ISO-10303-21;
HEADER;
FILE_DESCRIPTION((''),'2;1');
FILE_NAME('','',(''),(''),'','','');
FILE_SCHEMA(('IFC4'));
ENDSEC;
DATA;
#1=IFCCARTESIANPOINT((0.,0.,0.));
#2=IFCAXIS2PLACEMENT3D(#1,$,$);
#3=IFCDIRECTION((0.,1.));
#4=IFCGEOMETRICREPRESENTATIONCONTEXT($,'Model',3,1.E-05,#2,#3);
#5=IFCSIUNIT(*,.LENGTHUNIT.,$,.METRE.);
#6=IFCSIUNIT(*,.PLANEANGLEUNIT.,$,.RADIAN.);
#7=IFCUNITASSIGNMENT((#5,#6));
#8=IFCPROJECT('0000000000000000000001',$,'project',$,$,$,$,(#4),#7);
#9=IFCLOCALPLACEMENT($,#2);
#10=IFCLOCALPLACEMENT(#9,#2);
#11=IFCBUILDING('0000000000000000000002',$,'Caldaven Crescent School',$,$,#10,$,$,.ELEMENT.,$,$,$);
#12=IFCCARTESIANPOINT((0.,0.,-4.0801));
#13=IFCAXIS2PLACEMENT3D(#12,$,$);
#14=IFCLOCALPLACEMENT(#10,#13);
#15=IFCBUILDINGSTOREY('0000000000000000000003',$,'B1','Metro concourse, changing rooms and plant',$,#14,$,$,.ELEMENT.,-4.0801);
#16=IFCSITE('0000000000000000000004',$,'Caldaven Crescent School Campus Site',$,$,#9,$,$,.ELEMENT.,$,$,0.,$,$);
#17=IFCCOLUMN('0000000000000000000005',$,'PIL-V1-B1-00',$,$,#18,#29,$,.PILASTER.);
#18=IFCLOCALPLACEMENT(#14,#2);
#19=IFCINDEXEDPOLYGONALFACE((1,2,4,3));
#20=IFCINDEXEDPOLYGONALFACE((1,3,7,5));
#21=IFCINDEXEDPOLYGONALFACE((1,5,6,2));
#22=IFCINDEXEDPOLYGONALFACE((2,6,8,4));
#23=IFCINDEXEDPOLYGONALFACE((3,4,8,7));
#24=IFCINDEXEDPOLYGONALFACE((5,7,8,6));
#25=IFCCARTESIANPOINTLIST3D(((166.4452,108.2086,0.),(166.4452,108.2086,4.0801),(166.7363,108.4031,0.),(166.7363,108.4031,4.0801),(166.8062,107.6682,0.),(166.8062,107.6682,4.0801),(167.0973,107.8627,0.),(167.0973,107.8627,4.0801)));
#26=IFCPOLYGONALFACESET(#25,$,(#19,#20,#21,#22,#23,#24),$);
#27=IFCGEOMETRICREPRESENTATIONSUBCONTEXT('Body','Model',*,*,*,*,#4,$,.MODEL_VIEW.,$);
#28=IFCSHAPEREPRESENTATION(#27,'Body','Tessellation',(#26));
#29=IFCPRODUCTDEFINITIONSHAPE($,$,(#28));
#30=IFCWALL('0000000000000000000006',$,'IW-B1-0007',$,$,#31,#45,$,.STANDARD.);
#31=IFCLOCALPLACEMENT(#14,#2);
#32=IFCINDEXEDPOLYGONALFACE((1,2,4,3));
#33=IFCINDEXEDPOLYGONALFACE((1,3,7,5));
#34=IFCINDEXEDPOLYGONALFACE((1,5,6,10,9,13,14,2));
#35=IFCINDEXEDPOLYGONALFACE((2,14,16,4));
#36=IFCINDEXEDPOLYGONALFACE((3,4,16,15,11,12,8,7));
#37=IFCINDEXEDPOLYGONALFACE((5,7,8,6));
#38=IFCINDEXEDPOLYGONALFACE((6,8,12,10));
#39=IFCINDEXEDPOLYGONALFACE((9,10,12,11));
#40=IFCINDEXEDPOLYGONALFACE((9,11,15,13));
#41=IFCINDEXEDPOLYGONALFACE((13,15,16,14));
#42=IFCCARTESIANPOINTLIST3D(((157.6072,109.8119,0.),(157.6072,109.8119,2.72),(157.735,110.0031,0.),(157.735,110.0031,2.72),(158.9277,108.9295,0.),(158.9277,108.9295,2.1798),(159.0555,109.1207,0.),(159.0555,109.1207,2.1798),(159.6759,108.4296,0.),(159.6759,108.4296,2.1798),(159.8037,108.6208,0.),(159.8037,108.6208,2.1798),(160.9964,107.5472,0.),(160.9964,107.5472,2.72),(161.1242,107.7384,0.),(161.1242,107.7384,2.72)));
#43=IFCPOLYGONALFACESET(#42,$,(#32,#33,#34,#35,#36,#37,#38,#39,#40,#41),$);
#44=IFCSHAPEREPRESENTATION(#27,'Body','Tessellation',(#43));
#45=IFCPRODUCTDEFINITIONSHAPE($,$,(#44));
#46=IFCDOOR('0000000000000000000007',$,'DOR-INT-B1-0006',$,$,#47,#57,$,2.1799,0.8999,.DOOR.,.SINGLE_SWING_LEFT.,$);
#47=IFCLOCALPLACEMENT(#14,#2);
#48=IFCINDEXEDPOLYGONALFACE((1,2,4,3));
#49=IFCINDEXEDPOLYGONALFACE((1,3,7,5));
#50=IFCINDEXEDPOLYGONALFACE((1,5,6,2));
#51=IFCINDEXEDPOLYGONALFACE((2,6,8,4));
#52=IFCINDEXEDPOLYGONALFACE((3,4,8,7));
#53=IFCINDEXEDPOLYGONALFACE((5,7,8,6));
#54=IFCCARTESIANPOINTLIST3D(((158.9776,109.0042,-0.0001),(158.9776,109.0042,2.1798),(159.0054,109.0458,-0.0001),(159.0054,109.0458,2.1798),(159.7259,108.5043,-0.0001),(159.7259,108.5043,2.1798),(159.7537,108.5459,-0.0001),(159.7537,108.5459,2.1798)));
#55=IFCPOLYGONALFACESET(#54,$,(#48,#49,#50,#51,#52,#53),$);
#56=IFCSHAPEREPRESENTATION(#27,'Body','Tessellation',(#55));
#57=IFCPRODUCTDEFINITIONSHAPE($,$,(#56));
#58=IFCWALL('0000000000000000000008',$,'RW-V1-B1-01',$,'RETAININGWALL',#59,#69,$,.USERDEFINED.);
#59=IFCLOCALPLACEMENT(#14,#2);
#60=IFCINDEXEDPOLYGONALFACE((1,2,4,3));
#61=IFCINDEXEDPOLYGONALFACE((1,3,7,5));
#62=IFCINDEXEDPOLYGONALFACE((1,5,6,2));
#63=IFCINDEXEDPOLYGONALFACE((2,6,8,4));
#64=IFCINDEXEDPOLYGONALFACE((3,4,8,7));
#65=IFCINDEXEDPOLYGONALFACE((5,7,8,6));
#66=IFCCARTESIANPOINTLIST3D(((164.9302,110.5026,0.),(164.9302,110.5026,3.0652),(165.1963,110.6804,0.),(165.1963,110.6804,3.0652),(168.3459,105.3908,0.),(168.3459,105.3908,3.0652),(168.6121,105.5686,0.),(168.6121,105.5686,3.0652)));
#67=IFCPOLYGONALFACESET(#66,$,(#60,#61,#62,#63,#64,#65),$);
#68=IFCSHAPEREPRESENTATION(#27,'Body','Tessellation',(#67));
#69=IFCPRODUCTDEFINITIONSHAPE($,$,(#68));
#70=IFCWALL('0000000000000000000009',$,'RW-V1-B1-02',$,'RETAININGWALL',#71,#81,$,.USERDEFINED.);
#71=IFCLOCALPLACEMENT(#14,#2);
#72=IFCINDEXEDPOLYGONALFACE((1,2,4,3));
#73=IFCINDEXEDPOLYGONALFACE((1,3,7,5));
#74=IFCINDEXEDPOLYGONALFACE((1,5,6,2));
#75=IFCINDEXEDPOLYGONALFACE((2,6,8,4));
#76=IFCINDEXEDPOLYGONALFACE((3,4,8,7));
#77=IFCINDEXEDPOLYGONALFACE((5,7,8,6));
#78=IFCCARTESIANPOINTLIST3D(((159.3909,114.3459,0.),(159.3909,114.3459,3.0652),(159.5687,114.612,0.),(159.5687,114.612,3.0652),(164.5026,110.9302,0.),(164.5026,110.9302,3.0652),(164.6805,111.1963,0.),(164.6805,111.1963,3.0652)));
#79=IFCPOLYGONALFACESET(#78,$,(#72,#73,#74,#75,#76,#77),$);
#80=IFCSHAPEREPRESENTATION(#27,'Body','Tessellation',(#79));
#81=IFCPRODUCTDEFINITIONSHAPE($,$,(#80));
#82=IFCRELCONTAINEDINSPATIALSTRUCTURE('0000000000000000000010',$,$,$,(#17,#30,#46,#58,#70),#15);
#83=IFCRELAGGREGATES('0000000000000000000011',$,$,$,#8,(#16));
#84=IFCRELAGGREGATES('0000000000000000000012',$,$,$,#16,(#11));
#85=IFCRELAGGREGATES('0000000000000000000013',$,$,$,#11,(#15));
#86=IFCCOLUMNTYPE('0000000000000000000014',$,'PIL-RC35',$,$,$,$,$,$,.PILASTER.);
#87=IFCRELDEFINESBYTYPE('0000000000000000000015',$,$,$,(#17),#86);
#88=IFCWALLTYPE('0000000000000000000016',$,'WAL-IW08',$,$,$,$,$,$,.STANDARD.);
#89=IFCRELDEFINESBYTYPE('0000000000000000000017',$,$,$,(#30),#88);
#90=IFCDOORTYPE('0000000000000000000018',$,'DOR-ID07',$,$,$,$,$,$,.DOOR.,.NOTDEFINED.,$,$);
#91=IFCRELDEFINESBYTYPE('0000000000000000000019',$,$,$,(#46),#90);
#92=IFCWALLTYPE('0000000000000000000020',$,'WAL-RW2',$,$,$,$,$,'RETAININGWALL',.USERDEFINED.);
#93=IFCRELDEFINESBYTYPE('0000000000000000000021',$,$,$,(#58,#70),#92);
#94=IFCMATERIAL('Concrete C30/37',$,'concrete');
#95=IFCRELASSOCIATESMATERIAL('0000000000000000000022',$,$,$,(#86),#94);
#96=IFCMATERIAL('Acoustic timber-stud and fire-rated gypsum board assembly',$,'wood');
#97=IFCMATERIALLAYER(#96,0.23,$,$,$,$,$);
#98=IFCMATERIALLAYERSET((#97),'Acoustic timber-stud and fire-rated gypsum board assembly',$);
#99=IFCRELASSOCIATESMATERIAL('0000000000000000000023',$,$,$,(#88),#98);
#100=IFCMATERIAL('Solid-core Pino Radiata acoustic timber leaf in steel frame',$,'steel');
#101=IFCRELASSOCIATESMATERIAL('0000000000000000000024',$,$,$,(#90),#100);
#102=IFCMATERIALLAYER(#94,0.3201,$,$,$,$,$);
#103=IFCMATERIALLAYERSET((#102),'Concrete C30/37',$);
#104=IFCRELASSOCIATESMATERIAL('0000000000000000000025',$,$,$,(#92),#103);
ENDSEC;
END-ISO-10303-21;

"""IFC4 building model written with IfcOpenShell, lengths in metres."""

from ifc_helpers import new_model, si_unit, direction, frame, frame_2d, origin, origin_2d, place, context, subcontext, project, spatial, rectangle, extrude, material, layer, layer_set, material_profile, profile_set, type_object, element, fill, save


model = new_model("IFC4")

# Units and contexts
model_context = context("Model", 3, precision=1e-05, world=origin(), true_north=direction((0.0, 1.0)))
body_context = subcontext(model_context, "Body", "Model", "MODEL_VIEW")
ifc_project = project(units=[si_unit("LENGTHUNIT", "METRE"), si_unit("PLANEANGLEUNIT", "RADIAN")], contexts=[model_context])

# Site, building, storey
site_placement = place(None, origin())
site = spatial("IfcSite", under=ifc_project, at=site_placement, Name="Caldaven Crescent School Campus Site", CompositionType="ELEMENT", RefElevation=0.0)
building_placement = place(site_placement, origin())
building = spatial("IfcBuilding", under=site, at=building_placement, Name="Caldaven Crescent School", CompositionType="ELEMENT")
storey_placement = place(building_placement, frame((0.0, 0.0, -4.0801)))
storey = spatial("IfcBuildingStorey", under=building, at=storey_placement, Name="B1", Description="Metro concourse, changing rooms and plant", CompositionType="ELEMENT", Elevation=-4.0801)

# Shared definitions
ifc_material_1 = material(Name="Concrete C30/37", Category="concrete")

# Column
ifc_material_profile_1 = material_profile(ifc_material_1, rectangle(XDim=0.3501, YDim=0.6499, at=origin_2d()), Name="RC 350x650")
ifc_profile_set_1 = profile_set([ifc_material_profile_1], Name="Concrete C30/37")
column_type_1 = type_object("IfcColumnType", Name="PIL-RC35", PredefinedType="PILASTER", material=ifc_profile_set_1)
column_placement = place(storey_placement, frame((166.7712, 108.0356, 0.0), z_axis=(0.0, 0.0, 1.0), x_axis=(0.83147, 0.55557, 0.0)))
element("IfcColumn", 1, at=column_placement, inside=storey, type_object=column_type_1, Name="PIL-V1-B1-00", PredefinedType="PILASTER", context=body_context, shape_type="SweptSolid", body=[
    extrude(rectangle(XDim=0.3501, YDim=0.6499, at=origin_2d()), origin(), (0.0, 0.0, 1.0), 4.0801),
])

# Wall, opening, door
ifc_material_2 = material(Name="Acoustic timber-stud and fire-rated gypsum board assembly", Category="wood")
ifc_layer_1 = layer(ifc_material_2, 0.23)
ifc_layer_set_1 = layer_set([ifc_layer_1], Name="Acoustic timber-stud and fire-rated gypsum board assembly")
wall_type_1 = type_object("IfcWallType", Name="WAL-IW08", PredefinedType="STANDARD", material=ifc_layer_set_1)
wall_placement = place(storey_placement, frame((161.0603, 107.6428, 0.0), z_axis=(0.0, 0.0, 1.0), x_axis=(-0.83146, 0.555584, 0.0)))
wall = element("IfcWall", 2, at=wall_placement, inside=storey, type_object=wall_type_1, Name="IW-B1-0007", PredefinedType="STANDARD", context=body_context, shape_type="SweptSolid", body=[
    extrude(rectangle(XDim=4.0762, YDim=0.23, at=frame_2d((2.0381, 0.0))), origin(), (0.0, 0.0, 1.0), 2.72),
])
opening_placement = place(wall_placement, frame((1.5881, 0.0, 0.0)))
opening = element("IfcOpeningElement", 3, at=opening_placement, cuts=wall, PredefinedType="OPENING", context=body_context, shape_type="SweptSolid", body=[
    extrude(rectangle(XDim=0.8999, YDim=2.1799, at=frame_2d((0.45, 1.0898))), frame((0.0, 0.125, 0.0), z_axis=(0.0, -1.0, 0.0), x_axis=(1.0, 0.0, 0.0)), (0.0, 0.0, 1.0), 0.25),
])
ifc_material_3 = material(Name="Solid-core Pino Radiata acoustic timber leaf in steel frame", Category="steel")
door_type = type_object("IfcDoorType", Name="DOR-ID07", OperationType="NOTDEFINED", PredefinedType="DOOR", material=ifc_material_3)
door_placement = place(opening_placement, frame((0.8999, 0.0, 0.0), z_axis=(0.0, 0.0, 1.0), x_axis=(-1.0, 0.0, 0.0)))
door = element("IfcDoor", 4, at=door_placement, inside=storey, type_object=door_type, Name="DOR-INT-B1-0006", OperationType="SINGLE_SWING_LEFT", OverallHeight=2.1799, OverallWidth=0.8999, PredefinedType="DOOR", context=body_context, shape_type="SweptSolid", body=[
    extrude(rectangle(XDim=0.8999, YDim=2.1799, at=frame_2d((0.45, 1.0898))), frame((0.0, 0.0249, 0.0), z_axis=(0.0, -1.0, 0.0), x_axis=(1.0, 0.0, 0.0)), (0.0, 0.0, 1.0), 0.05),
])
fill(opening, door)

# Walls
ifc_layer_2 = layer(ifc_material_1, 0.3201)
ifc_layer_set_2 = layer_set([ifc_layer_2], Name="Concrete C30/37")
wall_type_2 = type_object("IfcWallType", Name="WAL-RW2", ElementType="RETAININGWALL", PredefinedType="USERDEFINED", material=ifc_layer_set_2)
for number, where, z_axis, x_axis, name in (
    (5, (168.479, 105.4797, 0.0), (0.0, 0.0, 1.0), (-0.555589, 0.831457, 0.0), "RW-V1-B1-01"),
    (6, (164.5916, 111.0632, 0.0), (0.0, 0.0, 1.0), (-0.831457, 0.555589, 0.0), "RW-V1-B1-02"),
):
    element("IfcWall", number, at=place(storey_placement, frame(where, z_axis=z_axis, x_axis=x_axis)), inside=storey, type_object=wall_type_2, Name=name, ObjectType="RETAININGWALL", PredefinedType="USERDEFINED", context=body_context, shape_type="SweptSolid", body=[
        extrude(rectangle(XDim=6.1479, YDim=0.3201, at=frame_2d((3.074, 0.0))), origin(), (0.0, 0.0, 1.0), 3.0652),
    ])

save(model, "model.ifc")
